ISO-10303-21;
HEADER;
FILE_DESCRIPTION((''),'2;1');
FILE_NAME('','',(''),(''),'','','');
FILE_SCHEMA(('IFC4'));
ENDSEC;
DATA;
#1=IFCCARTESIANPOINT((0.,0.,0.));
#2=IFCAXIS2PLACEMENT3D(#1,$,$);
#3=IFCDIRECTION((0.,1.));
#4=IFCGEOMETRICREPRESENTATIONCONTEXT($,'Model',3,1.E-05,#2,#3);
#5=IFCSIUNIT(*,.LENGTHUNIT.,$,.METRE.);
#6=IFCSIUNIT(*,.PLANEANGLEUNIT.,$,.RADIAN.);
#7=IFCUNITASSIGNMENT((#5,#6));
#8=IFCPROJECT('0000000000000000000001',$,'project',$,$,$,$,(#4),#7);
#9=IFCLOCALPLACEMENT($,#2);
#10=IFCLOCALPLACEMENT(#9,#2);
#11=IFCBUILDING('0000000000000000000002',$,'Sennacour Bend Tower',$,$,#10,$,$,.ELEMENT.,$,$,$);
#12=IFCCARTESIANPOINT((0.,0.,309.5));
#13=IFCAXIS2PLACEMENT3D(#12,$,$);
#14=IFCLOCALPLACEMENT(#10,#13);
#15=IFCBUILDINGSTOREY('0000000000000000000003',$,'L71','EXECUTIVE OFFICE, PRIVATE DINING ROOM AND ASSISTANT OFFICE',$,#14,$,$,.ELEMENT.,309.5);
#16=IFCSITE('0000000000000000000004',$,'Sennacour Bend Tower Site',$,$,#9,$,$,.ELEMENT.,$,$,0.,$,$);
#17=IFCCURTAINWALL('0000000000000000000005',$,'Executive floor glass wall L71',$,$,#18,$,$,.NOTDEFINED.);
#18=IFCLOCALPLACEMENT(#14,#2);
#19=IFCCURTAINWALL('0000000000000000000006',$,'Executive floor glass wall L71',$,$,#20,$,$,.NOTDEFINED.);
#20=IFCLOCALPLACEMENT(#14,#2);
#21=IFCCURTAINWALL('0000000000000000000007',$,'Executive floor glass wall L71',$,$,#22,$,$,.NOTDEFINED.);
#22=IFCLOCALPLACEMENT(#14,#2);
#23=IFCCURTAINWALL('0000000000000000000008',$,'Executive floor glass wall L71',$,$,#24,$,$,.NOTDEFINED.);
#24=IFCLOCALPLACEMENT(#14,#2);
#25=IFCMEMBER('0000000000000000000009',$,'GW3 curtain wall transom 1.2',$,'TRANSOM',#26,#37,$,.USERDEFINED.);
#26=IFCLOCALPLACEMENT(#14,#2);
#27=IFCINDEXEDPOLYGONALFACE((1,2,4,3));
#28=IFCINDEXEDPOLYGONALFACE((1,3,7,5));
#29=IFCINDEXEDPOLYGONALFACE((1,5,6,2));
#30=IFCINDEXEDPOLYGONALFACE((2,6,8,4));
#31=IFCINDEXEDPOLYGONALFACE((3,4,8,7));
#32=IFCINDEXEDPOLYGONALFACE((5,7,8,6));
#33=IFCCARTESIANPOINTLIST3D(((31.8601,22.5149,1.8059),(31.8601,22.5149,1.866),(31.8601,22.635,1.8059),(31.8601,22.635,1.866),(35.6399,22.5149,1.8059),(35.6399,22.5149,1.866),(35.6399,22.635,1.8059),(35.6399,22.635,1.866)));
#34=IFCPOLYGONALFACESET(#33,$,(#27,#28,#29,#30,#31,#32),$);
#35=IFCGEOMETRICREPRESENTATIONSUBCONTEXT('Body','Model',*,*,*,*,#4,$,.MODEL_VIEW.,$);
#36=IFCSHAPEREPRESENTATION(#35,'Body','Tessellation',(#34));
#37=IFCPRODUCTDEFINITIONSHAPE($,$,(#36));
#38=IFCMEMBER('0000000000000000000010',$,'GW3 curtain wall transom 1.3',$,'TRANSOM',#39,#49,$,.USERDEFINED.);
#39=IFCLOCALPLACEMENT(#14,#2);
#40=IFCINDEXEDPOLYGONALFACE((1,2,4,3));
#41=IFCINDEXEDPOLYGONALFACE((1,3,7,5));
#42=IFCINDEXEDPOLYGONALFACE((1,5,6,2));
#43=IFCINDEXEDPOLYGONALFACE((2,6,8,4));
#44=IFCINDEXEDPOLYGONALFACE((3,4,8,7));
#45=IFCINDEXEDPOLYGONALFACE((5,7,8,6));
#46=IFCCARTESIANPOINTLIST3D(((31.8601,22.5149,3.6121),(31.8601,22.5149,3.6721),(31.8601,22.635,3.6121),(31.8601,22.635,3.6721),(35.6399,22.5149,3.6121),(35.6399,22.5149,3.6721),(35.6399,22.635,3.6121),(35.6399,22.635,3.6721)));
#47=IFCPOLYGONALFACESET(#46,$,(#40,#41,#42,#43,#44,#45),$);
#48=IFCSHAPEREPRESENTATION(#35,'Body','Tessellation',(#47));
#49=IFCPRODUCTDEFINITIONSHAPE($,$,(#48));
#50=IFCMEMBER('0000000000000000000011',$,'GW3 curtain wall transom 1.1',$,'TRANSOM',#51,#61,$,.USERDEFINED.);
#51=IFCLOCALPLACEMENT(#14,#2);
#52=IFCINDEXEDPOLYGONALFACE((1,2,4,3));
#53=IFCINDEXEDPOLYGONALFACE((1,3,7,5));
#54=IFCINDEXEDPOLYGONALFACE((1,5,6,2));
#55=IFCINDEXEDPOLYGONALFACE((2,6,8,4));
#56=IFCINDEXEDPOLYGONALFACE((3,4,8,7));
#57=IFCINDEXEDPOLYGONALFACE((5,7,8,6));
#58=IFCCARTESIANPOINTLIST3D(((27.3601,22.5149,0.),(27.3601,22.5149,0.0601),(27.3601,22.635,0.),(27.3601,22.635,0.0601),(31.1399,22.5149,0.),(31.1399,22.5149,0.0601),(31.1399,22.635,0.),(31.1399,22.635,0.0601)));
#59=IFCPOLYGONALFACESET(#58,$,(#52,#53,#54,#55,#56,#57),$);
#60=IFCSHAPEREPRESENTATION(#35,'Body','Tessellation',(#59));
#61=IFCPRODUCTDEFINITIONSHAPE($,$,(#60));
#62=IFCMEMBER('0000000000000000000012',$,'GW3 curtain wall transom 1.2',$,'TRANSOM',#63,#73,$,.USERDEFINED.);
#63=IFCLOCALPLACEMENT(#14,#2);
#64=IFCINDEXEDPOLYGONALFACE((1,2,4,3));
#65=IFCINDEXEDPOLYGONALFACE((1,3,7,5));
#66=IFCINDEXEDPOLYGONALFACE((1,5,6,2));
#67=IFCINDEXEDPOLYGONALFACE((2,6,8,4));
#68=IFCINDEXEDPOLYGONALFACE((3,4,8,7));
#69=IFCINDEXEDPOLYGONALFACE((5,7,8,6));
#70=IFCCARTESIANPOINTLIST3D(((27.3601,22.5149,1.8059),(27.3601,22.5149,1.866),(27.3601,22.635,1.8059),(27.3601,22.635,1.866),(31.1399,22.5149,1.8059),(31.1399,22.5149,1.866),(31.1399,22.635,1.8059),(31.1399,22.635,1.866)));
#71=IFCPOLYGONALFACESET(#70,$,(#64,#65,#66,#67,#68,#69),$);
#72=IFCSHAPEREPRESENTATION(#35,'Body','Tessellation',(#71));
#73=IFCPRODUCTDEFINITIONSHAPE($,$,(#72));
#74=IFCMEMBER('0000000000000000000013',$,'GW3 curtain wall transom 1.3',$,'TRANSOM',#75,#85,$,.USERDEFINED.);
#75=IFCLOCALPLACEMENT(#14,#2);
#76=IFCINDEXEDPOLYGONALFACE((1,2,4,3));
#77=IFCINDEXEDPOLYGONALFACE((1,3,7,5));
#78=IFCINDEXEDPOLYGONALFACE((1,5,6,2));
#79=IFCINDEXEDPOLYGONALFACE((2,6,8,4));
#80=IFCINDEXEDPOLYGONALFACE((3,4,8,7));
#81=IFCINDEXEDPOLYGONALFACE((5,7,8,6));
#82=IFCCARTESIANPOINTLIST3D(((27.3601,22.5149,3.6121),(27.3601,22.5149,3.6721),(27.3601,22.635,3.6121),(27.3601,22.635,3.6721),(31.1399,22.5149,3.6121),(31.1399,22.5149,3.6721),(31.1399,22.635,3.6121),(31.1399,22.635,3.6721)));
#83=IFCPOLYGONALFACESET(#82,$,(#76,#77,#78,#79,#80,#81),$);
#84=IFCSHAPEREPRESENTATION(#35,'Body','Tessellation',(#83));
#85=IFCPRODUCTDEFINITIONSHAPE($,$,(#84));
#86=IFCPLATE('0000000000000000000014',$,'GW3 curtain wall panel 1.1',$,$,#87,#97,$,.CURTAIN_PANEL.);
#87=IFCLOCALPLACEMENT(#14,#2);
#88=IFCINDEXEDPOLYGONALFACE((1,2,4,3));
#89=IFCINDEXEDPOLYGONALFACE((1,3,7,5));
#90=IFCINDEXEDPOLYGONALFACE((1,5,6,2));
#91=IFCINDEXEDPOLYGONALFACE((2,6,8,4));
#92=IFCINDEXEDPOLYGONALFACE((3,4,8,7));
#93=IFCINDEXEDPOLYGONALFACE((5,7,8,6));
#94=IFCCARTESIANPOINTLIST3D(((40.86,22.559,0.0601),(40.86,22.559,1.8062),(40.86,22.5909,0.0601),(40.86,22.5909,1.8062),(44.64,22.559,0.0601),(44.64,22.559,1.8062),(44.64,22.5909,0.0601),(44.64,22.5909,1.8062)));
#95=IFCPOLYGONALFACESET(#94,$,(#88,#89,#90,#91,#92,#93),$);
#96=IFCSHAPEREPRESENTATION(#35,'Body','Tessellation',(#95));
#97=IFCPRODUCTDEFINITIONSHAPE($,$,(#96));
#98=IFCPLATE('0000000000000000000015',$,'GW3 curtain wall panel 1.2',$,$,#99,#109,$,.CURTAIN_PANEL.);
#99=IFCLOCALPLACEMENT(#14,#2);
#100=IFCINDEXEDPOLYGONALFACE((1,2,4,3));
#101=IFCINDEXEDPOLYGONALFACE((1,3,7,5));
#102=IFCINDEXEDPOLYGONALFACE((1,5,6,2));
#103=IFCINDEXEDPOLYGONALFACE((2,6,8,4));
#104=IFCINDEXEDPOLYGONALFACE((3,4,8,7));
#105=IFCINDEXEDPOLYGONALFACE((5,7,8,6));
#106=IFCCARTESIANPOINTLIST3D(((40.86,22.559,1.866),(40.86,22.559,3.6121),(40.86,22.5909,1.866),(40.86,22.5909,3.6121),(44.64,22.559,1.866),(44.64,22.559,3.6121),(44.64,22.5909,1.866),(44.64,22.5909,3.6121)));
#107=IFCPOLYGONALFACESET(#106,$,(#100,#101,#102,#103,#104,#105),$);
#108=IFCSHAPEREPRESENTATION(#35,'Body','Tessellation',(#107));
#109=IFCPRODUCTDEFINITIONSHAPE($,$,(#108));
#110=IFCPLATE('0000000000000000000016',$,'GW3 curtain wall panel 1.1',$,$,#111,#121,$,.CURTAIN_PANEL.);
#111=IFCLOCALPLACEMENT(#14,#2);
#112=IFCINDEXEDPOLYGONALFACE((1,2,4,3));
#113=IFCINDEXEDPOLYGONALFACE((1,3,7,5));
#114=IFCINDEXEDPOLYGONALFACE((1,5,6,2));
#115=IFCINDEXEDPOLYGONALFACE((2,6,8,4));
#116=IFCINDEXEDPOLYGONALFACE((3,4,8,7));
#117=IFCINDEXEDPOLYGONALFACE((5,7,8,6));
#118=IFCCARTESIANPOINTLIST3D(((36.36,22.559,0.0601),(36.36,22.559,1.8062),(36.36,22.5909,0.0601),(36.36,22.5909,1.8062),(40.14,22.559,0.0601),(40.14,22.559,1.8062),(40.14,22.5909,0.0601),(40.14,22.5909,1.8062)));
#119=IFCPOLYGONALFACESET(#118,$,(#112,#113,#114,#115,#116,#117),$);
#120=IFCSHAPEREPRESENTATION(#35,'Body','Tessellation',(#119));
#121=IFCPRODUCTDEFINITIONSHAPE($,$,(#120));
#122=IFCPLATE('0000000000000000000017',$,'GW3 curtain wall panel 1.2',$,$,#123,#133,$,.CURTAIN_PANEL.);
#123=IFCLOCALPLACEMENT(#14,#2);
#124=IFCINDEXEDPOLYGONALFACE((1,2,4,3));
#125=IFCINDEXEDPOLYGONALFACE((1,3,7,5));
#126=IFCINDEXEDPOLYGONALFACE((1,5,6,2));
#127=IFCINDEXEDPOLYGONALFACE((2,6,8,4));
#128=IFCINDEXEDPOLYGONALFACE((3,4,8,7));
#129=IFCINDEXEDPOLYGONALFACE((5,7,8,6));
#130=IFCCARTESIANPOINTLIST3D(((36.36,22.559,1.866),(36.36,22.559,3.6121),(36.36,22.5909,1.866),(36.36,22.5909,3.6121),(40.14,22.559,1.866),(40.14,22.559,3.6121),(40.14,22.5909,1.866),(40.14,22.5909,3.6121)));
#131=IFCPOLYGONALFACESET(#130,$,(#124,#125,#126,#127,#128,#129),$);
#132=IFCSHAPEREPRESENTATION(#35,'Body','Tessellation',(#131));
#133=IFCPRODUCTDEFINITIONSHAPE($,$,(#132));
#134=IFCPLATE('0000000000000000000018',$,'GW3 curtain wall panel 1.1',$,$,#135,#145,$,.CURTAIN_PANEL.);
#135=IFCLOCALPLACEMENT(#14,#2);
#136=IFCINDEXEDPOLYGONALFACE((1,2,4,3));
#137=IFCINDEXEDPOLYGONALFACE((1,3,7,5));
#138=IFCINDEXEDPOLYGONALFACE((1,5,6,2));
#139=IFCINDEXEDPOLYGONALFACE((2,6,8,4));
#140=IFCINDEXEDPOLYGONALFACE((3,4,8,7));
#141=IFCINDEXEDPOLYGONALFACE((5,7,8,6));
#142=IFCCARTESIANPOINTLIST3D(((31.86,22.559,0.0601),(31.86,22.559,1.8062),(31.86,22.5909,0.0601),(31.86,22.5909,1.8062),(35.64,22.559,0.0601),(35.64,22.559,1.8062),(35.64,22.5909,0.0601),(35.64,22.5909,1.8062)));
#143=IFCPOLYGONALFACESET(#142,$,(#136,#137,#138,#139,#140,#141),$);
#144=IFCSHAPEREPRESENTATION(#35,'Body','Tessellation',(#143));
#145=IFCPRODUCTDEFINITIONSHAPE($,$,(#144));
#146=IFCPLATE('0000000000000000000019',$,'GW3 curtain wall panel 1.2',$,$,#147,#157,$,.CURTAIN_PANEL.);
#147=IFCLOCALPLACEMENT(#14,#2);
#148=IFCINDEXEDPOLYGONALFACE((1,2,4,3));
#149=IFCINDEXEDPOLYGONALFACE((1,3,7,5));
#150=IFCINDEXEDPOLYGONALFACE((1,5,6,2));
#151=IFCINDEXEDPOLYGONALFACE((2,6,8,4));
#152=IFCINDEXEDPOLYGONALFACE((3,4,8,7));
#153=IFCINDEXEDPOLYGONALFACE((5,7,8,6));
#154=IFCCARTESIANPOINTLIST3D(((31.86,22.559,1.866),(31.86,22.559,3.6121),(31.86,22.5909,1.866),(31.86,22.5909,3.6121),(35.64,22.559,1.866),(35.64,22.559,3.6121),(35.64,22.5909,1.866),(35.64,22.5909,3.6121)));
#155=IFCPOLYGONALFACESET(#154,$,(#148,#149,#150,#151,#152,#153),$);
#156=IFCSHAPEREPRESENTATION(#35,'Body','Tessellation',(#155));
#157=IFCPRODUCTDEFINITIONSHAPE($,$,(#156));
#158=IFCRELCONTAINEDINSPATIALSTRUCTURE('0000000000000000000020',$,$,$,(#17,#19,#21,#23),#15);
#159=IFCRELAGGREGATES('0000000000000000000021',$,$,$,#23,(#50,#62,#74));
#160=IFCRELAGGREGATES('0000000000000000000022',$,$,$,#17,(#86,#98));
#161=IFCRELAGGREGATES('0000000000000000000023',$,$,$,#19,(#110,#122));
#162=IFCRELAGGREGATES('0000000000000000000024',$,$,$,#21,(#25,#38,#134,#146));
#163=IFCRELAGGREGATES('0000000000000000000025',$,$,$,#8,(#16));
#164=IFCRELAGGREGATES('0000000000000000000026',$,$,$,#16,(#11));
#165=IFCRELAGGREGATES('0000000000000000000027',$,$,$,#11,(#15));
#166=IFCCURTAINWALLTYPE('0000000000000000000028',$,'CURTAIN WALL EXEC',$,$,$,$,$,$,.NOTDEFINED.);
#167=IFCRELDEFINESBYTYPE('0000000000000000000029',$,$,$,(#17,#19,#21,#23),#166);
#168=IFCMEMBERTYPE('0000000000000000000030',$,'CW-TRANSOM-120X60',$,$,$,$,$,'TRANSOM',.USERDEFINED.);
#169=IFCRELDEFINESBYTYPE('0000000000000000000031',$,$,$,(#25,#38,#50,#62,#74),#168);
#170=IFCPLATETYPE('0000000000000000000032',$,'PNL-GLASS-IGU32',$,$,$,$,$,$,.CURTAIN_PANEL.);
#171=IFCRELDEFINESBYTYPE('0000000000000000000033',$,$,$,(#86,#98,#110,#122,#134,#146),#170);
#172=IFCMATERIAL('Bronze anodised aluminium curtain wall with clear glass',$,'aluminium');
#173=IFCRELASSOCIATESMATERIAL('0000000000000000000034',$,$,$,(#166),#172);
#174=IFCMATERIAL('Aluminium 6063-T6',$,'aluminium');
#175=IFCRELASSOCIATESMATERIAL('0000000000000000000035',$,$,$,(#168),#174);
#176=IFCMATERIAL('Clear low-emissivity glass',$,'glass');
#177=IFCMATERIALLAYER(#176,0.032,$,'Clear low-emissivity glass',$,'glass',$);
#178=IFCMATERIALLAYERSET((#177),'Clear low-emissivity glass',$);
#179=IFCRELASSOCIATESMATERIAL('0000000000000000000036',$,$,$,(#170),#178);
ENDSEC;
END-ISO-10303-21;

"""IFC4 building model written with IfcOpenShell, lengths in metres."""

from ifc_helpers import new_model, si_unit, direction, frame, origin, origin_2d, place, context, subcontext, project, spatial, rectangle, extrude, material, layer, layer_set, material_profile, profile_set, type_object, element, aggregate, save


model = new_model("IFC4")

# Units and contexts
model_context = context("Model", 3, precision=1e-05, world=origin(), true_north=direction((0.0, 1.0)))
body_context = subcontext(model_context, "Body", "Model", "MODEL_VIEW")
ifc_project = project(units=[si_unit("LENGTHUNIT", "METRE"), si_unit("PLANEANGLEUNIT", "RADIAN")], contexts=[model_context])

# Site, building, storey
site_placement = place(None, origin())
site = spatial("IfcSite", under=ifc_project, at=site_placement, Name="Sennacour Bend Tower Site", CompositionType="ELEMENT", RefElevation=0.0)
building_placement = place(site_placement, origin())
building = spatial("IfcBuilding", under=site, at=building_placement, Name="Sennacour Bend Tower", CompositionType="ELEMENT")
storey_placement = place(building_placement, frame((0.0, 0.0, 309.5)))
storey = spatial("IfcBuildingStorey", under=building, at=storey_placement, Name="L71", Description="EXECUTIVE OFFICE, PRIVATE DINING ROOM AND ASSISTANT OFFICE", CompositionType="ELEMENT", Elevation=309.5)

# Shared definitions
ifc_material_1 = material(Name="Bronze anodised aluminium curtain wall with clear glass", Category="aluminium")
curtain_wall_type = type_object("IfcCurtainWallType", Name="CURTAIN WALL EXEC", PredefinedType="NOTDEFINED", material=ifc_material_1)
ifc_material_2 = material(Name="Aluminium 6063-T6", Category="aluminium")

# Curtain walls
curtain_wall_1_placement = place(storey_placement, origin())
curtain_wall_1 = element("IfcCurtainWall", 1, at=curtain_wall_1_placement, inside=storey, type_object=curtain_wall_type, Name="Executive floor glass wall L71", PredefinedType="NOTDEFINED")
curtain_wall_2_placement = place(storey_placement, origin())
curtain_wall_2 = element("IfcCurtainWall", 2, at=curtain_wall_2_placement, inside=storey, type_object=curtain_wall_type, Name="Executive floor glass wall L71", PredefinedType="NOTDEFINED")
curtain_wall_3_placement = place(storey_placement, origin())
curtain_wall_3 = element("IfcCurtainWall", 3, at=curtain_wall_3_placement, inside=storey, type_object=curtain_wall_type, Name="Executive floor glass wall L71", PredefinedType="NOTDEFINED")

# Curtain wall
curtain_wall_4_placement = place(storey_placement, origin())
curtain_wall_4 = element("IfcCurtainWall", 4, at=curtain_wall_4_placement, inside=storey, type_object=curtain_wall_type, Name="Executive floor glass wall L71", PredefinedType="NOTDEFINED")

# Members
ifc_material_profile_1 = material_profile(ifc_material_2, rectangle(XDim=0.1201, YDim=0.0601, at=origin_2d()), Name="Aluminium 6063-T6", Category="aluminium")
ifc_profile_set_1 = profile_set([ifc_material_profile_1], Name="Aluminium 6063-T6")
member_type_1 = type_object("IfcMemberType", Name="CW-TRANSOM-120X60", ElementType="TRANSOM", PredefinedType="USERDEFINED", material=ifc_profile_set_1)
member_1_placement = place(storey_placement, frame((35.6399, 22.575, 1.8359), z_axis=(-1.0, 0.0, 0.0), x_axis=(0.0, -1.0, 0.0)))
member_1 = element("IfcMember", 5, at=member_1_placement, type_object=member_type_1, Name="GW3 curtain wall transom 1.2", ObjectType="TRANSOM", PredefinedType="USERDEFINED", context=body_context, shape_type="SweptSolid", body=[
    extrude(rectangle(XDim=0.1201, YDim=0.0601, at=origin_2d()), origin(), (0.0, 0.0, 1.0), 3.7798),
])
member_2_placement = place(storey_placement, frame((35.6399, 22.575, 3.6421), z_axis=(-1.0, 0.0, 0.0), x_axis=(0.0, -1.0, 0.0)))
member_2 = element("IfcMember", 6, at=member_2_placement, type_object=member_type_1, Name="GW3 curtain wall transom 1.3", ObjectType="TRANSOM", PredefinedType="USERDEFINED", context=body_context, shape_type="SweptSolid", body=[
    extrude(rectangle(XDim=0.1201, YDim=0.0601, at=origin_2d()), origin(), (0.0, 0.0, 1.0), 3.7798),
])
member_3_placement = place(storey_placement, frame((31.1399, 22.575, 0.03), z_axis=(-1.0, 0.0, 0.0), x_axis=(0.0, -1.0, 0.0)))
member_3 = element("IfcMember", 7, at=member_3_placement, type_object=member_type_1, Name="GW3 curtain wall transom 1.1", ObjectType="TRANSOM", PredefinedType="USERDEFINED", context=body_context, shape_type="SweptSolid", body=[
    extrude(rectangle(XDim=0.1201, YDim=0.0601, at=origin_2d()), origin(), (0.0, 0.0, 1.0), 3.7798),
])
member_4_placement = place(storey_placement, frame((31.1399, 22.575, 1.8359), z_axis=(-1.0, 0.0, 0.0), x_axis=(0.0, -1.0, 0.0)))
member_4 = element("IfcMember", 8, at=member_4_placement, type_object=member_type_1, Name="GW3 curtain wall transom 1.2", ObjectType="TRANSOM", PredefinedType="USERDEFINED", context=body_context, shape_type="SweptSolid", body=[
    extrude(rectangle(XDim=0.1201, YDim=0.0601, at=origin_2d()), origin(), (0.0, 0.0, 1.0), 3.7798),
])
member_5_placement = place(storey_placement, frame((31.1399, 22.575, 3.6421), z_axis=(-1.0, 0.0, 0.0), x_axis=(0.0, -1.0, 0.0)))
member_5 = element("IfcMember", 9, at=member_5_placement, type_object=member_type_1, Name="GW3 curtain wall transom 1.3", ObjectType="TRANSOM", PredefinedType="USERDEFINED", context=body_context, shape_type="SweptSolid", body=[
    extrude(rectangle(XDim=0.1201, YDim=0.0601, at=origin_2d()), origin(), (0.0, 0.0, 1.0), 3.7798),
])
aggregate(curtain_wall_4, [member_3, member_4, member_5])

# Plates
ifc_material_3 = material(Name="Clear low-emissivity glass", Category="glass")
ifc_layer = layer(ifc_material_3, 0.032, Name="Clear low-emissivity glass", Category="glass")
ifc_layer_set = layer_set([ifc_layer], Name="Clear low-emissivity glass")
plate_type = type_object("IfcPlateType", Name="PNL-GLASS-IGU32", PredefinedType="CURTAIN_PANEL", material=ifc_layer_set)
plate_1_placement = place(storey_placement, frame((42.75, 22.575, 0.0601), z_axis=(0.0, 0.0, 1.0), x_axis=(-1.0, 0.0, 0.0)))
plate_1 = element("IfcPlate", 10, at=plate_1_placement, type_object=plate_type, Name="GW3 curtain wall panel 1.1", PredefinedType="CURTAIN_PANEL", context=body_context, shape_type="SweptSolid", body=[
    extrude(rectangle(XDim=3.78, YDim=0.032, at=origin_2d()), origin(), (0.0, 0.0, 1.0), 1.7461),
])
plate_2_placement = place(storey_placement, frame((42.75, 22.575, 1.866), z_axis=(0.0, 0.0, 1.0), x_axis=(-1.0, 0.0, 0.0)))
plate_2 = element("IfcPlate", 11, at=plate_2_placement, type_object=plate_type, Name="GW3 curtain wall panel 1.2", PredefinedType="CURTAIN_PANEL", context=body_context, shape_type="SweptSolid", body=[
    extrude(rectangle(XDim=3.78, YDim=0.032, at=origin_2d()), origin(), (0.0, 0.0, 1.0), 1.7461),
])
aggregate(curtain_wall_1, [plate_1, plate_2])
plate_3_placement = place(storey_placement, frame((38.25, 22.575, 0.0601), z_axis=(0.0, 0.0, 1.0), x_axis=(-1.0, 0.0, 0.0)))
plate_3 = element("IfcPlate", 12, at=plate_3_placement, type_object=plate_type, Name="GW3 curtain wall panel 1.1", PredefinedType="CURTAIN_PANEL", context=body_context, shape_type="SweptSolid", body=[
    extrude(rectangle(XDim=3.78, YDim=0.032, at=origin_2d()), origin(), (0.0, 0.0, 1.0), 1.7461),
])
plate_4_placement = place(storey_placement, frame((38.25, 22.575, 1.866), z_axis=(0.0, 0.0, 1.0), x_axis=(-1.0, 0.0, 0.0)))
plate_4 = element("IfcPlate", 13, at=plate_4_placement, type_object=plate_type, Name="GW3 curtain wall panel 1.2", PredefinedType="CURTAIN_PANEL", context=body_context, shape_type="SweptSolid", body=[
    extrude(rectangle(XDim=3.78, YDim=0.032, at=origin_2d()), origin(), (0.0, 0.0, 1.0), 1.7461),
])
aggregate(curtain_wall_2, [plate_3, plate_4])
plate_5_placement = place(storey_placement, frame((33.75, 22.575, 0.0601), z_axis=(0.0, 0.0, 1.0), x_axis=(-1.0, 0.0, 0.0)))
plate_5 = element("IfcPlate", 14, at=plate_5_placement, type_object=plate_type, Name="GW3 curtain wall panel 1.1", PredefinedType="CURTAIN_PANEL", context=body_context, shape_type="SweptSolid", body=[
    extrude(rectangle(XDim=3.78, YDim=0.032, at=origin_2d()), origin(), (0.0, 0.0, 1.0), 1.7461),
])
plate_6_placement = place(storey_placement, frame((33.75, 22.575, 1.866), z_axis=(0.0, 0.0, 1.0), x_axis=(-1.0, 0.0, 0.0)))
plate_6 = element("IfcPlate", 15, at=plate_6_placement, type_object=plate_type, Name="GW3 curtain wall panel 1.2", PredefinedType="CURTAIN_PANEL", context=body_context, shape_type="SweptSolid", body=[
    extrude(rectangle(XDim=3.78, YDim=0.032, at=origin_2d()), origin(), (0.0, 0.0, 1.0), 1.7461),
])
aggregate(curtain_wall_3, [member_1, member_2, plate_5, plate_6])

save(model, "model.ifc")
